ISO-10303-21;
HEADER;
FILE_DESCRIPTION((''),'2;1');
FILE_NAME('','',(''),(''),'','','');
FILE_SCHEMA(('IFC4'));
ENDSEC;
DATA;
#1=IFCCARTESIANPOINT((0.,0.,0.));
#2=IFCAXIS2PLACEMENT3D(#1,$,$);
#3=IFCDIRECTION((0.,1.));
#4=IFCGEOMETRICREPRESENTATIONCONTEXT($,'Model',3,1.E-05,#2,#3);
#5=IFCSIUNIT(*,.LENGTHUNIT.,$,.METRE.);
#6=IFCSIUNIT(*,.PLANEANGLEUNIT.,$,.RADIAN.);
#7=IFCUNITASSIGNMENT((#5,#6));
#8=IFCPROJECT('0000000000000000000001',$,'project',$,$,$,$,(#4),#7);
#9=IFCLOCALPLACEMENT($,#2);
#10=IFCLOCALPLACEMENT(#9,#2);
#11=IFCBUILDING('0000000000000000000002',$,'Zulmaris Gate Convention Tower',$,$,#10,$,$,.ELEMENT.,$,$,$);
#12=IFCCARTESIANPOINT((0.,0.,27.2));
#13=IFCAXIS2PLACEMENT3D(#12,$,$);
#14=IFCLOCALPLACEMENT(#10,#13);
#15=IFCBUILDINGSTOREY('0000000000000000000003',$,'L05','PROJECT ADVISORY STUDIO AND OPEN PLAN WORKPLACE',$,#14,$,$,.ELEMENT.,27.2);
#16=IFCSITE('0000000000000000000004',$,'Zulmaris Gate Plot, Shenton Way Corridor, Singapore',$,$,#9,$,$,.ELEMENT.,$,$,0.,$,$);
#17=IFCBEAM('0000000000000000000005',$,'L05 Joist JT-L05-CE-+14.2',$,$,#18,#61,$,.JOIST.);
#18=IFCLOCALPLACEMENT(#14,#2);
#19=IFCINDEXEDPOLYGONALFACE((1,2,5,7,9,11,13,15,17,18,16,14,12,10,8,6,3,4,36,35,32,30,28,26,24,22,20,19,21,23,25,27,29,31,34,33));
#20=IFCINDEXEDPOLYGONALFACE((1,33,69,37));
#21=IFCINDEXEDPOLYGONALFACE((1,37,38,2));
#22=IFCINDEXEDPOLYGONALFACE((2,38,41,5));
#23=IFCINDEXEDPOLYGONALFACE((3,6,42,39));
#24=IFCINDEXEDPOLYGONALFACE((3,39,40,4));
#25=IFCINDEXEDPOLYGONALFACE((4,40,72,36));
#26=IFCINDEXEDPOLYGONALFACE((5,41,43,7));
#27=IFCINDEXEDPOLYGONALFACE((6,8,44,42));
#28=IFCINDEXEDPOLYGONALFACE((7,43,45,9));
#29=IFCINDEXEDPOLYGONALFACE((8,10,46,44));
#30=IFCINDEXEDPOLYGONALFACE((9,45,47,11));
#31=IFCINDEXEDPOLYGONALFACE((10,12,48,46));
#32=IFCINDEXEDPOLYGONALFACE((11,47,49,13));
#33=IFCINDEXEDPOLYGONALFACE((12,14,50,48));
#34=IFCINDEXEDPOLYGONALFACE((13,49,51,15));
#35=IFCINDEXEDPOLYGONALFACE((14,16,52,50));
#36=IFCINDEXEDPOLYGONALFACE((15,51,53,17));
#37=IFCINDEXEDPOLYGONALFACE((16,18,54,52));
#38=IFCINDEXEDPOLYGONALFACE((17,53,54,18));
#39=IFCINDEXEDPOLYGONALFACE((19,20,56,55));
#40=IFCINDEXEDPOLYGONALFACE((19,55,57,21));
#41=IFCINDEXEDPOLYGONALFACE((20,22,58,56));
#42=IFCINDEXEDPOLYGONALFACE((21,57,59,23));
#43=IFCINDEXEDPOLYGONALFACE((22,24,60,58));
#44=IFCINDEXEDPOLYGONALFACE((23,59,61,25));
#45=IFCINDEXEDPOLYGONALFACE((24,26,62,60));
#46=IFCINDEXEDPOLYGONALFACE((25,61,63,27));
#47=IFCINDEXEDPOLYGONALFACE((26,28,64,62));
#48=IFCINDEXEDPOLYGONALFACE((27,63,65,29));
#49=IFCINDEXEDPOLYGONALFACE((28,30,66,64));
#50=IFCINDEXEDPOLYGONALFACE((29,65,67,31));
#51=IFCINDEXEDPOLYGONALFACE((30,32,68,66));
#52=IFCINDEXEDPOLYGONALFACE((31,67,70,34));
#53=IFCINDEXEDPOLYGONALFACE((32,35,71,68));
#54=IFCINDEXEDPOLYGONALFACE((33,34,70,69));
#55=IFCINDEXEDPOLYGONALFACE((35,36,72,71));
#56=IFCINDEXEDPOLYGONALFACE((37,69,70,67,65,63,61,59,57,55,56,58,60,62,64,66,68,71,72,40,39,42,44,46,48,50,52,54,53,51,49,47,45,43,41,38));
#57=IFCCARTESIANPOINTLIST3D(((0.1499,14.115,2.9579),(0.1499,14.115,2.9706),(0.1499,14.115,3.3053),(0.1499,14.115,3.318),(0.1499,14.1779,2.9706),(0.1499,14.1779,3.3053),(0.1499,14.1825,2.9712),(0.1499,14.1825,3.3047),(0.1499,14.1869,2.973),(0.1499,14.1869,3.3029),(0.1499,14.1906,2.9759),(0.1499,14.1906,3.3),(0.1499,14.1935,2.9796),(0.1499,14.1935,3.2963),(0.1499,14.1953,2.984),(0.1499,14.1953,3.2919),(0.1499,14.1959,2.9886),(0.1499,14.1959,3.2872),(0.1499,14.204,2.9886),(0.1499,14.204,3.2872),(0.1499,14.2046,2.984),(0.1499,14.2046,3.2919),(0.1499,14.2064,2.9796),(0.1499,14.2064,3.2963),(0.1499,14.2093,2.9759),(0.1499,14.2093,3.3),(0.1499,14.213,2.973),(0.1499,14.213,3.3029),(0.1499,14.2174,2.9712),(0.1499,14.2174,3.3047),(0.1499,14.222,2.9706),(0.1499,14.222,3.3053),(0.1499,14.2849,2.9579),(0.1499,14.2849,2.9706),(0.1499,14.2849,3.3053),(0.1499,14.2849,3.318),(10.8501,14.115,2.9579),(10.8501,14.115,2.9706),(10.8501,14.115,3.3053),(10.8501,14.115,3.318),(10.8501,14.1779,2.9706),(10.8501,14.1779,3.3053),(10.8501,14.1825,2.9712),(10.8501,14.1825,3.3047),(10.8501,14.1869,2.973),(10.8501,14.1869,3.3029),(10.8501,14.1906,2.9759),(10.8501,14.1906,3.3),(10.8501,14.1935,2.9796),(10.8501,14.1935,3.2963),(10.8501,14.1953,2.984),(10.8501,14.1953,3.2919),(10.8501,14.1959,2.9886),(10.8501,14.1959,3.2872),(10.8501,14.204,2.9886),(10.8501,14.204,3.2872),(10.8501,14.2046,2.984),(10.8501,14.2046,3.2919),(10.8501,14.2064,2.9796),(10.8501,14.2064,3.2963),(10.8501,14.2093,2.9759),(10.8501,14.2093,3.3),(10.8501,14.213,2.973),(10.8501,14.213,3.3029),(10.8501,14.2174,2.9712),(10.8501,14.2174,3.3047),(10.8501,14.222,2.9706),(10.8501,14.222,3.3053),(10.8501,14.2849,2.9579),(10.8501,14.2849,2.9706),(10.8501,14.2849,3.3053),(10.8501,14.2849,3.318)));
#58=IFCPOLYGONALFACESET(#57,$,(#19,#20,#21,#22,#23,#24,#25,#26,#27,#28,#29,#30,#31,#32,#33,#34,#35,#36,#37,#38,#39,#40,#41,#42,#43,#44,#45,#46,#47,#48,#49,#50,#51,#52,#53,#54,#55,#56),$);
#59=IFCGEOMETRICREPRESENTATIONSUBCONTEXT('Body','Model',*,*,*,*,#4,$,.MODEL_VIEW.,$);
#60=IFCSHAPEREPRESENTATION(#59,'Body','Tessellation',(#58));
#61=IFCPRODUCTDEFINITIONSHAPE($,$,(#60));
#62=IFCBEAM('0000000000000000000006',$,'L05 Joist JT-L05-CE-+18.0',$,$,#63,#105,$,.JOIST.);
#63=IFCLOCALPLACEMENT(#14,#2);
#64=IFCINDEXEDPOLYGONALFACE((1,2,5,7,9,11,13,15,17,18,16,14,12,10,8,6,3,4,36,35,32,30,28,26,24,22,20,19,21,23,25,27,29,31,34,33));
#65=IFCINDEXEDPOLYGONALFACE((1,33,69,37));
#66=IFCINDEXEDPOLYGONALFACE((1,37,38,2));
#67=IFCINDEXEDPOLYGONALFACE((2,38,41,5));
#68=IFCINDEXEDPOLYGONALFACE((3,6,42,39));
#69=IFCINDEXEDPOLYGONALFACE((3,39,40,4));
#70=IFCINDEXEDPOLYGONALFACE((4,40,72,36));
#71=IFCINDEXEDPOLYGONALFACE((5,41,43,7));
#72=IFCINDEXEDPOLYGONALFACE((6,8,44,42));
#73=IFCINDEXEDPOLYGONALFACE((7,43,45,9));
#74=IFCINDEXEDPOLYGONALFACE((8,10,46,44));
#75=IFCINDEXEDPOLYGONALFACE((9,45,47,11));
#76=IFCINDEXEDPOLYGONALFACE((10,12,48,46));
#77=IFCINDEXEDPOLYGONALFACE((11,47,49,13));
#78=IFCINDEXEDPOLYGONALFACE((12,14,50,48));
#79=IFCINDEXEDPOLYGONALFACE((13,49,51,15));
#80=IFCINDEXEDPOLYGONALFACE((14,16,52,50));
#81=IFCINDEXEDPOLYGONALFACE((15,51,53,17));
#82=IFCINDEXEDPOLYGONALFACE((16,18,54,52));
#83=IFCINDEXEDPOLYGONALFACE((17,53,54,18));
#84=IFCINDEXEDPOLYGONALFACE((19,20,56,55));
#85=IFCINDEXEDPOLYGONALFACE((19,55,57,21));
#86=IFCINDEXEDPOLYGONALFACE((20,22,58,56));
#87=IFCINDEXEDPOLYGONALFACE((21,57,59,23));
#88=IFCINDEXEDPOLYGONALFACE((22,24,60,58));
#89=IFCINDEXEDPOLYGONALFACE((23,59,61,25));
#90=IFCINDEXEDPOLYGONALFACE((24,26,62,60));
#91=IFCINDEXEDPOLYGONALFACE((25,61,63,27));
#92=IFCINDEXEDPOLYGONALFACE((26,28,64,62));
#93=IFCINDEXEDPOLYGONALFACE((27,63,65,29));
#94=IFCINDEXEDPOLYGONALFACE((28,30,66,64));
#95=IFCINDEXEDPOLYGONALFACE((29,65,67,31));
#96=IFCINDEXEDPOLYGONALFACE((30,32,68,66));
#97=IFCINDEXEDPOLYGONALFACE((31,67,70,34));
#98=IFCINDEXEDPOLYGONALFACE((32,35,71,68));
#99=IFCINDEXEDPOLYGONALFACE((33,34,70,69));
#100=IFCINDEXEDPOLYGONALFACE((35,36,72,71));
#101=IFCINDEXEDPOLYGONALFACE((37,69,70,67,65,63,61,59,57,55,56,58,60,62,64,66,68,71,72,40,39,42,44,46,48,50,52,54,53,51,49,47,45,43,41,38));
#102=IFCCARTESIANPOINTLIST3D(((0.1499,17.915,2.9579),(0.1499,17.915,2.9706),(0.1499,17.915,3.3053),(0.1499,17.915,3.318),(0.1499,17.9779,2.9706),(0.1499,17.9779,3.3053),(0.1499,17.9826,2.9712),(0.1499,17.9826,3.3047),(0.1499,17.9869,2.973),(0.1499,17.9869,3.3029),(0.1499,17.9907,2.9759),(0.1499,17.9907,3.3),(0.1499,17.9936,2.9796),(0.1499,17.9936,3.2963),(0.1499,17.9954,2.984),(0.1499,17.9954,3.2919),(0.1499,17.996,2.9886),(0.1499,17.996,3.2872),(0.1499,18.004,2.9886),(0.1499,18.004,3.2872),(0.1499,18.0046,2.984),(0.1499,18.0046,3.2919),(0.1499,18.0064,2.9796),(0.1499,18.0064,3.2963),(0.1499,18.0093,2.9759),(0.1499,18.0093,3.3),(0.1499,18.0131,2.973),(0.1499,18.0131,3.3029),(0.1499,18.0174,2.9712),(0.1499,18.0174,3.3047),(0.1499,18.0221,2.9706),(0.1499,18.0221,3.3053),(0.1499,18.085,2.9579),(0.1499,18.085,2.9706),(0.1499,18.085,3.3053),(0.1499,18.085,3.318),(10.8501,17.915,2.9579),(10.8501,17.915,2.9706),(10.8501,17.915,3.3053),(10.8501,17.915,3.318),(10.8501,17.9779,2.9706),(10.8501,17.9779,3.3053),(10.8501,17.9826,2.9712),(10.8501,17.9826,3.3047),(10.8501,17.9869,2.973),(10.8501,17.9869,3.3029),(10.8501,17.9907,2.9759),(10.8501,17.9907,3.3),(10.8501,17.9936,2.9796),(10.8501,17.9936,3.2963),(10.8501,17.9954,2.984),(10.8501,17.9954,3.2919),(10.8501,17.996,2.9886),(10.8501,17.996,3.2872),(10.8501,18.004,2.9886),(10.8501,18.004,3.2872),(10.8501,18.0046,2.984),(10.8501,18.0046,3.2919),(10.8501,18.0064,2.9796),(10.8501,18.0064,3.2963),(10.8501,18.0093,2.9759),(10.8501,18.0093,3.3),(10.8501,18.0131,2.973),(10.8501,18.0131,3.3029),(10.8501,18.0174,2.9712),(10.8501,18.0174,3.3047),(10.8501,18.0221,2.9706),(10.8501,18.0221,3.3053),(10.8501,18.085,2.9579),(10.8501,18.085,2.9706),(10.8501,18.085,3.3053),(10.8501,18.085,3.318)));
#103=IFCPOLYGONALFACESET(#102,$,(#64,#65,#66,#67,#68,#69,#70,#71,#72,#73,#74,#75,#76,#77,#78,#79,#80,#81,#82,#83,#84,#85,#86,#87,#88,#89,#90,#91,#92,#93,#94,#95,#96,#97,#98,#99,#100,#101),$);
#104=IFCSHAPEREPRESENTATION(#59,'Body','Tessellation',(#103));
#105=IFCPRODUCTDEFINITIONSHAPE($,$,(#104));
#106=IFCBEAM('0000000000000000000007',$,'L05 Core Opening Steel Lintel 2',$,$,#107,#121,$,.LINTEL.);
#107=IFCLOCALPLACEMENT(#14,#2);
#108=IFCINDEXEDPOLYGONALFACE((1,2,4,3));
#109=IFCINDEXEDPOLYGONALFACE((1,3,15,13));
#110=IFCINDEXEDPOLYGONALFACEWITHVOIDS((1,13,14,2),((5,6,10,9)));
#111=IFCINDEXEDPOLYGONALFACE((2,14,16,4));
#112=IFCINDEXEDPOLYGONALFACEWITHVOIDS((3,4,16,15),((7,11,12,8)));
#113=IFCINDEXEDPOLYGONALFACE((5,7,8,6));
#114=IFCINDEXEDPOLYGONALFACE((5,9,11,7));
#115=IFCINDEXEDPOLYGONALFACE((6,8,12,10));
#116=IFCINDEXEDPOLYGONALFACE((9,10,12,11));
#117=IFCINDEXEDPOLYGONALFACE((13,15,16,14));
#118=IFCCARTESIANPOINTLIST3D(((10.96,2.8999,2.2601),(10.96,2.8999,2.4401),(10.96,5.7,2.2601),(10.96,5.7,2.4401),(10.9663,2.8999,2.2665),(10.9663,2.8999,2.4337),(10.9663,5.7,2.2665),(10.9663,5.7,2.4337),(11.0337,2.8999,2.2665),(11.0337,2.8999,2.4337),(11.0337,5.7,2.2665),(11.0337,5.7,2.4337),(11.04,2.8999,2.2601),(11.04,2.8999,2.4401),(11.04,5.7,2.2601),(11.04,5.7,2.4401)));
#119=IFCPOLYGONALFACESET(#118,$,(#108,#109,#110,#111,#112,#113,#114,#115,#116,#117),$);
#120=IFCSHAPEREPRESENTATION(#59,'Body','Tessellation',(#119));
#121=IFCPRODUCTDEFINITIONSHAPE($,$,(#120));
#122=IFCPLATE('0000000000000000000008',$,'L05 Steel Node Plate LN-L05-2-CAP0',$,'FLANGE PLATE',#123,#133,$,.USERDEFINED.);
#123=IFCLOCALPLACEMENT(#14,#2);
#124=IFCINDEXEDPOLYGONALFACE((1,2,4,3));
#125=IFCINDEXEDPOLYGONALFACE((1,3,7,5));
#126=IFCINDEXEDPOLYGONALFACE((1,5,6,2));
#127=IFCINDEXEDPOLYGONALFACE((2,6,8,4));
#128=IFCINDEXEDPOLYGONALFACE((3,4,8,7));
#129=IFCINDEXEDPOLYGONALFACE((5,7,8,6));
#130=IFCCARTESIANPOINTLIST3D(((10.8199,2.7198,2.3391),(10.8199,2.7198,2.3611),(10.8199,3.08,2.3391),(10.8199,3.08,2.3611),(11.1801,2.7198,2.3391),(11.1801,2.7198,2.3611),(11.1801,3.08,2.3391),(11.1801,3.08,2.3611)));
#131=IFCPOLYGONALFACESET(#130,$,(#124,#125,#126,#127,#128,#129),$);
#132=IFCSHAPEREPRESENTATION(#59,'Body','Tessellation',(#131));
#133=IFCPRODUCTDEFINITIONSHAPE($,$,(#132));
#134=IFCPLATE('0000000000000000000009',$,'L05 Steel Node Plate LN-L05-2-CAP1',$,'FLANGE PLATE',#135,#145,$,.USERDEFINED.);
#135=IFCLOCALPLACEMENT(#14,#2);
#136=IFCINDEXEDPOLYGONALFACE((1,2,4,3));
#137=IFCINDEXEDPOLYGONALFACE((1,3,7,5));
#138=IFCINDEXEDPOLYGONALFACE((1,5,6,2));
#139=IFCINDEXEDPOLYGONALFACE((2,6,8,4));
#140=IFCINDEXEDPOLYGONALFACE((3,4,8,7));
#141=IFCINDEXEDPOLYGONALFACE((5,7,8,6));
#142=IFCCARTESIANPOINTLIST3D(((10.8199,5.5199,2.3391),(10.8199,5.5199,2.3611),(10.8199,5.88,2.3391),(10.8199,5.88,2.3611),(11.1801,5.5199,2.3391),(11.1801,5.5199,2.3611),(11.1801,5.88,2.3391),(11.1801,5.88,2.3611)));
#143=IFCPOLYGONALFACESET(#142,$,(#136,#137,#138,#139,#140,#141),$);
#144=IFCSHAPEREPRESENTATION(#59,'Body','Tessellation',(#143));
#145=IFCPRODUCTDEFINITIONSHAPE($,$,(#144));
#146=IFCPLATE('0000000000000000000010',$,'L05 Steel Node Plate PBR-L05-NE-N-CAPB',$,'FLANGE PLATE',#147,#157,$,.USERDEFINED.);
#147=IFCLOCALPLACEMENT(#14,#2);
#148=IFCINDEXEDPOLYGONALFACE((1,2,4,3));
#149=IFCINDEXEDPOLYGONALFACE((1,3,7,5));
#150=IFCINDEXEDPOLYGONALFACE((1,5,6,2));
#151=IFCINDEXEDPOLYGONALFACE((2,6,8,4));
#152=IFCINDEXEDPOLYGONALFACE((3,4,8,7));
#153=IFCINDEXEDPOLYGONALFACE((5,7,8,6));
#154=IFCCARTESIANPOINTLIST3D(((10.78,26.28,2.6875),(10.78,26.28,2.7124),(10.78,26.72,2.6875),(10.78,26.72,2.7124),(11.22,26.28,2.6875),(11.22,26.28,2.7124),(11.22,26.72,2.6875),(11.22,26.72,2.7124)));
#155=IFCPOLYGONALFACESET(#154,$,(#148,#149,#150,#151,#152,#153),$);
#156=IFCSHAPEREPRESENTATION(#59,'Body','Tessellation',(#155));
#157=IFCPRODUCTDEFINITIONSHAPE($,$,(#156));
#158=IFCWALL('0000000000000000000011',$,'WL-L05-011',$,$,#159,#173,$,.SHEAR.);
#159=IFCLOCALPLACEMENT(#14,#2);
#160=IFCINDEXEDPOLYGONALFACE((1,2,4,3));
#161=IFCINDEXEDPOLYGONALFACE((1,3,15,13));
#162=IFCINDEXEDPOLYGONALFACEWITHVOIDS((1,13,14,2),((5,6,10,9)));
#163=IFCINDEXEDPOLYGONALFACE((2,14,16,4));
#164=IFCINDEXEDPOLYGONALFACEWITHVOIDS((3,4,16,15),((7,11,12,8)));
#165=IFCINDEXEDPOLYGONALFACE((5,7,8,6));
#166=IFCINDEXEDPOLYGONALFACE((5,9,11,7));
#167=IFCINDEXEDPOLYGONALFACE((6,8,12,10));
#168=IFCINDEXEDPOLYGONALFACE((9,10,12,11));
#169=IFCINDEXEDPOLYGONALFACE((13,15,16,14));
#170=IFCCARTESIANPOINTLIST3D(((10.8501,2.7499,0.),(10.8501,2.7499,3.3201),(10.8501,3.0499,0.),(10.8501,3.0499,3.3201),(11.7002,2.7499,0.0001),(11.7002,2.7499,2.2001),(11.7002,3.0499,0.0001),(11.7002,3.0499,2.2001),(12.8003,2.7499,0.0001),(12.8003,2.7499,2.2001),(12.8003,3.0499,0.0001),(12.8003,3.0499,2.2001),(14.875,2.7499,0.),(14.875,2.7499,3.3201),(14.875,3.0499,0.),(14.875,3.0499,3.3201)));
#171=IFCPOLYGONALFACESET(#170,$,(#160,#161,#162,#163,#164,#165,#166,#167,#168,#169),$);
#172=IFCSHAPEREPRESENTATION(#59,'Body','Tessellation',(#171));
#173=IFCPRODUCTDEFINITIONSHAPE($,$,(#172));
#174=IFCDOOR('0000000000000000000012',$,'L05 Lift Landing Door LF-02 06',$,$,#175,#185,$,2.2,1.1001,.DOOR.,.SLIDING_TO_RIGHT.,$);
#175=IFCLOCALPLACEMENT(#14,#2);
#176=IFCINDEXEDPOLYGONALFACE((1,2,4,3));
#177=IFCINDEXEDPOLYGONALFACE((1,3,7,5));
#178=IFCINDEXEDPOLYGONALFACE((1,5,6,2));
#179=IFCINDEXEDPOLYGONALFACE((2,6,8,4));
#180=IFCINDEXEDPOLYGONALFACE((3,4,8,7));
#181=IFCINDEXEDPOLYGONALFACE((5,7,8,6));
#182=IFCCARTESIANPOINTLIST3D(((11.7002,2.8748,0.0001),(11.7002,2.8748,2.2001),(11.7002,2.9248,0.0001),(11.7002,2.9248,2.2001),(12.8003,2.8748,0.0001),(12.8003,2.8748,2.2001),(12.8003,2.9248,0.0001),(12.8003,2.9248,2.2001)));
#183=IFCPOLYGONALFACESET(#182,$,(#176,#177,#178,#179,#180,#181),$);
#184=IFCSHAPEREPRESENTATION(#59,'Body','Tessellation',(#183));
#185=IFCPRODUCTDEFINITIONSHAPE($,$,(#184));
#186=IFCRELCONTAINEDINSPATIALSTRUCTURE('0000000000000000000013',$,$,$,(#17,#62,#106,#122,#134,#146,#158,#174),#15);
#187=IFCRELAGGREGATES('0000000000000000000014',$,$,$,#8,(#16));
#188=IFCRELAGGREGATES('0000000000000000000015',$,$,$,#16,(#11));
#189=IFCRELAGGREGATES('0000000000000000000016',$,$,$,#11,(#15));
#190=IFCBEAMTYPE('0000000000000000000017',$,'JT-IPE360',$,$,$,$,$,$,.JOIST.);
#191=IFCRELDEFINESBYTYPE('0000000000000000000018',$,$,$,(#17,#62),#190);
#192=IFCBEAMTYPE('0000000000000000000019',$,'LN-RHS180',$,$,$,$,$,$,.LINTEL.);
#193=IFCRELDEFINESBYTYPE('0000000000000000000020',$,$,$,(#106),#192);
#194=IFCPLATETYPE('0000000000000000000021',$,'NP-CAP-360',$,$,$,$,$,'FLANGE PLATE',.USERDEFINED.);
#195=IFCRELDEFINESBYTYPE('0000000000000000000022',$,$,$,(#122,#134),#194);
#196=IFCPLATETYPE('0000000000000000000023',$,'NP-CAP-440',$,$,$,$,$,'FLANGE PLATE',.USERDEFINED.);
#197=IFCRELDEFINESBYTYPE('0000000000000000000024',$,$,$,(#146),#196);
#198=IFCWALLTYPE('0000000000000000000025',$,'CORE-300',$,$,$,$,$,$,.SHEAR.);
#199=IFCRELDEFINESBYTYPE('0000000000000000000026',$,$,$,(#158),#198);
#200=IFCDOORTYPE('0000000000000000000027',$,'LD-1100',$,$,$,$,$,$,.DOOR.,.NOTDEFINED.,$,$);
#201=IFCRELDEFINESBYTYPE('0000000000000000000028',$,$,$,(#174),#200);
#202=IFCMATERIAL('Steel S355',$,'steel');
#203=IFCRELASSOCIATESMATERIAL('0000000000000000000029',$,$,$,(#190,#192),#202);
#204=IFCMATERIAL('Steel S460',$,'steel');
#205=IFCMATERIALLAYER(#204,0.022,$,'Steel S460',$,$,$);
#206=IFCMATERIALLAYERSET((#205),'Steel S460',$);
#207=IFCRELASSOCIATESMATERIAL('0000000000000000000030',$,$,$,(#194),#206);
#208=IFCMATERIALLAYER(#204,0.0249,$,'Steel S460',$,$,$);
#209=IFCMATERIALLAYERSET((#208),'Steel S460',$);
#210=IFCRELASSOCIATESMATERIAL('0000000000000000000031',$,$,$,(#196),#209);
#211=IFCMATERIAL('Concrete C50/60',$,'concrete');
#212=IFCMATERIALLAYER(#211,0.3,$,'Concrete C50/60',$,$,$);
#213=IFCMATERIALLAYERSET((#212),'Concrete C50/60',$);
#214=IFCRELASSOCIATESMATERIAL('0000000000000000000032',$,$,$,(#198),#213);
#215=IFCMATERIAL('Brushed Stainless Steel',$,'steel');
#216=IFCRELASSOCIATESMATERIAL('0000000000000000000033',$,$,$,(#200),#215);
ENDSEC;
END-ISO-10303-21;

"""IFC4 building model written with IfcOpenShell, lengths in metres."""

from ifc_helpers import new_model, si_unit, direction, frame, frame_2d, origin, origin_2d, place, context, subcontext, project, spatial, rectangle, hollow_rectangle, i_section, extrude, material, layer, layer_set, material_profile, profile_set, type_object, element, fill, save


model = new_model("IFC4")

# Units and contexts
model_context = context("Model", 3, precision=1e-05, world=origin(), true_north=direction((0.0, 1.0)))
body_context = subcontext(model_context, "Body", "Model", "MODEL_VIEW")
ifc_project = project(units=[si_unit("LENGTHUNIT", "METRE"), si_unit("PLANEANGLEUNIT", "RADIAN")], contexts=[model_context])

# Site, building, storey
site_placement = place(None, origin())
site = spatial("IfcSite", under=ifc_project, at=site_placement, Name="Zulmaris Gate Plot, Shenton Way Corridor, Singapore", CompositionType="ELEMENT", RefElevation=0.0)
building_placement = place(site_placement, origin())
building = spatial("IfcBuilding", under=site, at=building_placement, Name="Zulmaris Gate Convention Tower", CompositionType="ELEMENT")
storey_placement = place(building_placement, frame((0.0, 0.0, 27.2)))
storey = spatial("IfcBuildingStorey", under=building, at=storey_placement, Name="L05", Description="PROJECT ADVISORY STUDIO AND OPEN PLAN WORKPLACE", CompositionType="ELEMENT", Elevation=27.2)

# Beams
ifc_material_1 = material(Name="Steel S355", Category="steel")
ifc_material_profile_1 = material_profile(ifc_material_1, i_section(OverallWidth=0.1699, OverallDepth=0.3601, WebThickness=0.0081, FlangeThickness=0.0127, FilletRadius=0.0181, at=origin_2d()), Name="IPE 360")
ifc_profile_set_1 = profile_set([ifc_material_profile_1], Name="Steel S355")
beam_type_1 = type_object("IfcBeamType", Name="JT-IPE360", PredefinedType="JOIST", material=ifc_profile_set_1)
for number, where, z_axis, x_axis, name in (
    (1, (0.1499, 14.2, 3.1379), (1.0, 0.0, 0.0), (0.0, 1.0, 0.0), "L05 Joist JT-L05-CE-+14.2"),
    (2, (0.1499, 18.0, 3.1379), (1.0, 0.0, 0.0), (0.0, 1.0, 0.0), "L05 Joist JT-L05-CE-+18.0"),
):
    element("IfcBeam", number, at=place(storey_placement, frame(where, z_axis=z_axis, x_axis=x_axis)), inside=storey, type_object=beam_type_1, Name=name, PredefinedType="JOIST", context=body_context, shape_type="SweptSolid", body=[
        extrude(i_section(OverallWidth=0.1699, OverallDepth=0.3601, WebThickness=0.0081, FlangeThickness=0.0127, FilletRadius=0.0181, at=origin_2d()), origin(), (0.0, 0.0, 1.0), 10.7002),
    ])
ifc_material_profile_2 = material_profile(ifc_material_1, hollow_rectangle(XDim=0.0801, YDim=0.1799, WallThickness=0.0063, at=origin_2d()), Name="RHS 180x80x6.3")
ifc_profile_set_2 = profile_set([ifc_material_profile_2], Name="Steel S355")
beam_type_2 = type_object("IfcBeamType", Name="LN-RHS180", PredefinedType="LINTEL", material=ifc_profile_set_2)
beam_1_placement = place(storey_placement, frame((11.0, 2.8999, 2.3501), z_axis=(0.0, 1.0, 0.0), x_axis=(-1.0, 0.0, 0.0)))
element("IfcBeam", 3, at=beam_1_placement, inside=storey, type_object=beam_type_2, Name="L05 Core Opening Steel Lintel 2", PredefinedType="LINTEL", context=body_context, shape_type="SweptSolid", body=[
    extrude(hollow_rectangle(XDim=0.0801, YDim=0.1799, WallThickness=0.0063, at=origin_2d()), origin(), (0.0, 0.0, 1.0), 2.8),
])

# Plates
ifc_material_2 = material(Name="Steel S460", Category="steel")
ifc_layer_1 = layer(ifc_material_2, 0.022, Name="Steel S460")
ifc_layer_set_1 = layer_set([ifc_layer_1], Name="Steel S460")
plate_type_1 = type_object("IfcPlateType", Name="NP-CAP-360", ElementType="FLANGE PLATE", PredefinedType="USERDEFINED", material=ifc_layer_set_1)
for number, where, z_axis, x_axis, name in (
    (4, (11.0, 2.8999, 2.3391), (0.0, 0.0, 1.0), (1.0, 0.0, 0.0), "L05 Steel Node Plate LN-L05-2-CAP0"),
    (5, (11.0, 5.7, 2.3391), (0.0, 0.0, 1.0), (1.0, 0.0, 0.0), "L05 Steel Node Plate LN-L05-2-CAP1"),
):
    element("IfcPlate", number, at=place(storey_placement, frame(where, z_axis=z_axis, x_axis=x_axis)), inside=storey, type_object=plate_type_1, Name=name, ObjectType="FLANGE PLATE", PredefinedType="USERDEFINED", context=body_context, shape_type="SweptSolid", body=[
        extrude(rectangle(XDim=0.3601, YDim=0.3601, at=origin_2d()), origin(), (0.0, 0.0, 1.0), 0.022),
    ])
ifc_layer_2 = layer(ifc_material_2, 0.0249, Name="Steel S460")
ifc_layer_set_2 = layer_set([ifc_layer_2], Name="Steel S460")
plate_type_2 = type_object("IfcPlateType", Name="NP-CAP-440", ElementType="FLANGE PLATE", PredefinedType="USERDEFINED", material=ifc_layer_set_2)
plate_placement = place(storey_placement, frame((11.0, 26.5, 2.6875), z_axis=(0.0, 0.0, 1.0), x_axis=(1.0, 0.0, 0.0)))
element("IfcPlate", 6, at=plate_placement, inside=storey, type_object=plate_type_2, Name="L05 Steel Node Plate PBR-L05-NE-N-CAPB", ObjectType="FLANGE PLATE", PredefinedType="USERDEFINED", context=body_context, shape_type="SweptSolid", body=[
    extrude(rectangle(XDim=0.4399, YDim=0.4399, at=origin_2d()), origin(), (0.0, 0.0, 1.0), 0.0249),
])

# Wall, opening, door
ifc_material_3 = material(Name="Concrete C50/60", Category="concrete")
ifc_layer_3 = layer(ifc_material_3, 0.3, Name="Concrete C50/60")
ifc_layer_set_3 = layer_set([ifc_layer_3], Name="Concrete C50/60")
wall_type_1 = type_object("IfcWallType", Name="CORE-300", PredefinedType="SHEAR", material=ifc_layer_set_3)
wall_1_placement = place(storey_placement, frame((10.8501, 2.8999, 0.0), z_axis=(0.0, 0.0, 1.0), x_axis=(1.0, 0.0, 0.0)))
wall_1 = element("IfcWall", 7, at=wall_1_placement, inside=storey, type_object=wall_type_1, Name="WL-L05-011", PredefinedType="SHEAR", context=body_context, shape_type="SweptSolid", body=[
    extrude(rectangle(XDim=4.0249, YDim=0.3, at=frame_2d((2.0125, 0.0))), origin(), (0.0, 0.0, 1.0), 3.3201),
])
opening_1_placement = place(wall_1_placement, frame((0.8501, 0.0, 0.0)))
opening_1 = element("IfcOpeningElement", 8, at=opening_1_placement, cuts=wall_1, PredefinedType="OPENING", context=body_context, shape_type="SweptSolid", body=[
    extrude(rectangle(XDim=1.1001, YDim=2.2, at=frame_2d((0.55, 1.1001))), frame((0.0, 0.1602, 0.0), z_axis=(0.0, -1.0, 0.0), x_axis=(1.0, 0.0, 0.0)), (0.0, 0.0, 1.0), 0.3201),
])
ifc_material_4 = material(Name="Brushed Stainless Steel", Category="steel")
door_type_1 = type_object("IfcDoorType", Name="LD-1100", OperationType="NOTDEFINED", PredefinedType="DOOR", material=ifc_material_4)
door_1_placement = place(opening_1_placement, origin())
door_1 = element("IfcDoor", 9, at=door_1_placement, inside=storey, type_object=door_type_1, Name="L05 Lift Landing Door LF-02 06", OperationType="SLIDING_TO_RIGHT", OverallHeight=2.2, OverallWidth=1.1001, PredefinedType="DOOR", context=body_context, shape_type="SweptSolid", body=[
    extrude(rectangle(XDim=1.1001, YDim=2.2, at=frame_2d((0.55, 1.1001))), frame((0.0, 0.0249, 0.0), z_axis=(0.0, -1.0, 0.0), x_axis=(1.0, 0.0, 0.0)), (0.0, 0.0, 1.0), 0.05),
])
fill(opening_1, door_1)

save(model, "model.ifc")
